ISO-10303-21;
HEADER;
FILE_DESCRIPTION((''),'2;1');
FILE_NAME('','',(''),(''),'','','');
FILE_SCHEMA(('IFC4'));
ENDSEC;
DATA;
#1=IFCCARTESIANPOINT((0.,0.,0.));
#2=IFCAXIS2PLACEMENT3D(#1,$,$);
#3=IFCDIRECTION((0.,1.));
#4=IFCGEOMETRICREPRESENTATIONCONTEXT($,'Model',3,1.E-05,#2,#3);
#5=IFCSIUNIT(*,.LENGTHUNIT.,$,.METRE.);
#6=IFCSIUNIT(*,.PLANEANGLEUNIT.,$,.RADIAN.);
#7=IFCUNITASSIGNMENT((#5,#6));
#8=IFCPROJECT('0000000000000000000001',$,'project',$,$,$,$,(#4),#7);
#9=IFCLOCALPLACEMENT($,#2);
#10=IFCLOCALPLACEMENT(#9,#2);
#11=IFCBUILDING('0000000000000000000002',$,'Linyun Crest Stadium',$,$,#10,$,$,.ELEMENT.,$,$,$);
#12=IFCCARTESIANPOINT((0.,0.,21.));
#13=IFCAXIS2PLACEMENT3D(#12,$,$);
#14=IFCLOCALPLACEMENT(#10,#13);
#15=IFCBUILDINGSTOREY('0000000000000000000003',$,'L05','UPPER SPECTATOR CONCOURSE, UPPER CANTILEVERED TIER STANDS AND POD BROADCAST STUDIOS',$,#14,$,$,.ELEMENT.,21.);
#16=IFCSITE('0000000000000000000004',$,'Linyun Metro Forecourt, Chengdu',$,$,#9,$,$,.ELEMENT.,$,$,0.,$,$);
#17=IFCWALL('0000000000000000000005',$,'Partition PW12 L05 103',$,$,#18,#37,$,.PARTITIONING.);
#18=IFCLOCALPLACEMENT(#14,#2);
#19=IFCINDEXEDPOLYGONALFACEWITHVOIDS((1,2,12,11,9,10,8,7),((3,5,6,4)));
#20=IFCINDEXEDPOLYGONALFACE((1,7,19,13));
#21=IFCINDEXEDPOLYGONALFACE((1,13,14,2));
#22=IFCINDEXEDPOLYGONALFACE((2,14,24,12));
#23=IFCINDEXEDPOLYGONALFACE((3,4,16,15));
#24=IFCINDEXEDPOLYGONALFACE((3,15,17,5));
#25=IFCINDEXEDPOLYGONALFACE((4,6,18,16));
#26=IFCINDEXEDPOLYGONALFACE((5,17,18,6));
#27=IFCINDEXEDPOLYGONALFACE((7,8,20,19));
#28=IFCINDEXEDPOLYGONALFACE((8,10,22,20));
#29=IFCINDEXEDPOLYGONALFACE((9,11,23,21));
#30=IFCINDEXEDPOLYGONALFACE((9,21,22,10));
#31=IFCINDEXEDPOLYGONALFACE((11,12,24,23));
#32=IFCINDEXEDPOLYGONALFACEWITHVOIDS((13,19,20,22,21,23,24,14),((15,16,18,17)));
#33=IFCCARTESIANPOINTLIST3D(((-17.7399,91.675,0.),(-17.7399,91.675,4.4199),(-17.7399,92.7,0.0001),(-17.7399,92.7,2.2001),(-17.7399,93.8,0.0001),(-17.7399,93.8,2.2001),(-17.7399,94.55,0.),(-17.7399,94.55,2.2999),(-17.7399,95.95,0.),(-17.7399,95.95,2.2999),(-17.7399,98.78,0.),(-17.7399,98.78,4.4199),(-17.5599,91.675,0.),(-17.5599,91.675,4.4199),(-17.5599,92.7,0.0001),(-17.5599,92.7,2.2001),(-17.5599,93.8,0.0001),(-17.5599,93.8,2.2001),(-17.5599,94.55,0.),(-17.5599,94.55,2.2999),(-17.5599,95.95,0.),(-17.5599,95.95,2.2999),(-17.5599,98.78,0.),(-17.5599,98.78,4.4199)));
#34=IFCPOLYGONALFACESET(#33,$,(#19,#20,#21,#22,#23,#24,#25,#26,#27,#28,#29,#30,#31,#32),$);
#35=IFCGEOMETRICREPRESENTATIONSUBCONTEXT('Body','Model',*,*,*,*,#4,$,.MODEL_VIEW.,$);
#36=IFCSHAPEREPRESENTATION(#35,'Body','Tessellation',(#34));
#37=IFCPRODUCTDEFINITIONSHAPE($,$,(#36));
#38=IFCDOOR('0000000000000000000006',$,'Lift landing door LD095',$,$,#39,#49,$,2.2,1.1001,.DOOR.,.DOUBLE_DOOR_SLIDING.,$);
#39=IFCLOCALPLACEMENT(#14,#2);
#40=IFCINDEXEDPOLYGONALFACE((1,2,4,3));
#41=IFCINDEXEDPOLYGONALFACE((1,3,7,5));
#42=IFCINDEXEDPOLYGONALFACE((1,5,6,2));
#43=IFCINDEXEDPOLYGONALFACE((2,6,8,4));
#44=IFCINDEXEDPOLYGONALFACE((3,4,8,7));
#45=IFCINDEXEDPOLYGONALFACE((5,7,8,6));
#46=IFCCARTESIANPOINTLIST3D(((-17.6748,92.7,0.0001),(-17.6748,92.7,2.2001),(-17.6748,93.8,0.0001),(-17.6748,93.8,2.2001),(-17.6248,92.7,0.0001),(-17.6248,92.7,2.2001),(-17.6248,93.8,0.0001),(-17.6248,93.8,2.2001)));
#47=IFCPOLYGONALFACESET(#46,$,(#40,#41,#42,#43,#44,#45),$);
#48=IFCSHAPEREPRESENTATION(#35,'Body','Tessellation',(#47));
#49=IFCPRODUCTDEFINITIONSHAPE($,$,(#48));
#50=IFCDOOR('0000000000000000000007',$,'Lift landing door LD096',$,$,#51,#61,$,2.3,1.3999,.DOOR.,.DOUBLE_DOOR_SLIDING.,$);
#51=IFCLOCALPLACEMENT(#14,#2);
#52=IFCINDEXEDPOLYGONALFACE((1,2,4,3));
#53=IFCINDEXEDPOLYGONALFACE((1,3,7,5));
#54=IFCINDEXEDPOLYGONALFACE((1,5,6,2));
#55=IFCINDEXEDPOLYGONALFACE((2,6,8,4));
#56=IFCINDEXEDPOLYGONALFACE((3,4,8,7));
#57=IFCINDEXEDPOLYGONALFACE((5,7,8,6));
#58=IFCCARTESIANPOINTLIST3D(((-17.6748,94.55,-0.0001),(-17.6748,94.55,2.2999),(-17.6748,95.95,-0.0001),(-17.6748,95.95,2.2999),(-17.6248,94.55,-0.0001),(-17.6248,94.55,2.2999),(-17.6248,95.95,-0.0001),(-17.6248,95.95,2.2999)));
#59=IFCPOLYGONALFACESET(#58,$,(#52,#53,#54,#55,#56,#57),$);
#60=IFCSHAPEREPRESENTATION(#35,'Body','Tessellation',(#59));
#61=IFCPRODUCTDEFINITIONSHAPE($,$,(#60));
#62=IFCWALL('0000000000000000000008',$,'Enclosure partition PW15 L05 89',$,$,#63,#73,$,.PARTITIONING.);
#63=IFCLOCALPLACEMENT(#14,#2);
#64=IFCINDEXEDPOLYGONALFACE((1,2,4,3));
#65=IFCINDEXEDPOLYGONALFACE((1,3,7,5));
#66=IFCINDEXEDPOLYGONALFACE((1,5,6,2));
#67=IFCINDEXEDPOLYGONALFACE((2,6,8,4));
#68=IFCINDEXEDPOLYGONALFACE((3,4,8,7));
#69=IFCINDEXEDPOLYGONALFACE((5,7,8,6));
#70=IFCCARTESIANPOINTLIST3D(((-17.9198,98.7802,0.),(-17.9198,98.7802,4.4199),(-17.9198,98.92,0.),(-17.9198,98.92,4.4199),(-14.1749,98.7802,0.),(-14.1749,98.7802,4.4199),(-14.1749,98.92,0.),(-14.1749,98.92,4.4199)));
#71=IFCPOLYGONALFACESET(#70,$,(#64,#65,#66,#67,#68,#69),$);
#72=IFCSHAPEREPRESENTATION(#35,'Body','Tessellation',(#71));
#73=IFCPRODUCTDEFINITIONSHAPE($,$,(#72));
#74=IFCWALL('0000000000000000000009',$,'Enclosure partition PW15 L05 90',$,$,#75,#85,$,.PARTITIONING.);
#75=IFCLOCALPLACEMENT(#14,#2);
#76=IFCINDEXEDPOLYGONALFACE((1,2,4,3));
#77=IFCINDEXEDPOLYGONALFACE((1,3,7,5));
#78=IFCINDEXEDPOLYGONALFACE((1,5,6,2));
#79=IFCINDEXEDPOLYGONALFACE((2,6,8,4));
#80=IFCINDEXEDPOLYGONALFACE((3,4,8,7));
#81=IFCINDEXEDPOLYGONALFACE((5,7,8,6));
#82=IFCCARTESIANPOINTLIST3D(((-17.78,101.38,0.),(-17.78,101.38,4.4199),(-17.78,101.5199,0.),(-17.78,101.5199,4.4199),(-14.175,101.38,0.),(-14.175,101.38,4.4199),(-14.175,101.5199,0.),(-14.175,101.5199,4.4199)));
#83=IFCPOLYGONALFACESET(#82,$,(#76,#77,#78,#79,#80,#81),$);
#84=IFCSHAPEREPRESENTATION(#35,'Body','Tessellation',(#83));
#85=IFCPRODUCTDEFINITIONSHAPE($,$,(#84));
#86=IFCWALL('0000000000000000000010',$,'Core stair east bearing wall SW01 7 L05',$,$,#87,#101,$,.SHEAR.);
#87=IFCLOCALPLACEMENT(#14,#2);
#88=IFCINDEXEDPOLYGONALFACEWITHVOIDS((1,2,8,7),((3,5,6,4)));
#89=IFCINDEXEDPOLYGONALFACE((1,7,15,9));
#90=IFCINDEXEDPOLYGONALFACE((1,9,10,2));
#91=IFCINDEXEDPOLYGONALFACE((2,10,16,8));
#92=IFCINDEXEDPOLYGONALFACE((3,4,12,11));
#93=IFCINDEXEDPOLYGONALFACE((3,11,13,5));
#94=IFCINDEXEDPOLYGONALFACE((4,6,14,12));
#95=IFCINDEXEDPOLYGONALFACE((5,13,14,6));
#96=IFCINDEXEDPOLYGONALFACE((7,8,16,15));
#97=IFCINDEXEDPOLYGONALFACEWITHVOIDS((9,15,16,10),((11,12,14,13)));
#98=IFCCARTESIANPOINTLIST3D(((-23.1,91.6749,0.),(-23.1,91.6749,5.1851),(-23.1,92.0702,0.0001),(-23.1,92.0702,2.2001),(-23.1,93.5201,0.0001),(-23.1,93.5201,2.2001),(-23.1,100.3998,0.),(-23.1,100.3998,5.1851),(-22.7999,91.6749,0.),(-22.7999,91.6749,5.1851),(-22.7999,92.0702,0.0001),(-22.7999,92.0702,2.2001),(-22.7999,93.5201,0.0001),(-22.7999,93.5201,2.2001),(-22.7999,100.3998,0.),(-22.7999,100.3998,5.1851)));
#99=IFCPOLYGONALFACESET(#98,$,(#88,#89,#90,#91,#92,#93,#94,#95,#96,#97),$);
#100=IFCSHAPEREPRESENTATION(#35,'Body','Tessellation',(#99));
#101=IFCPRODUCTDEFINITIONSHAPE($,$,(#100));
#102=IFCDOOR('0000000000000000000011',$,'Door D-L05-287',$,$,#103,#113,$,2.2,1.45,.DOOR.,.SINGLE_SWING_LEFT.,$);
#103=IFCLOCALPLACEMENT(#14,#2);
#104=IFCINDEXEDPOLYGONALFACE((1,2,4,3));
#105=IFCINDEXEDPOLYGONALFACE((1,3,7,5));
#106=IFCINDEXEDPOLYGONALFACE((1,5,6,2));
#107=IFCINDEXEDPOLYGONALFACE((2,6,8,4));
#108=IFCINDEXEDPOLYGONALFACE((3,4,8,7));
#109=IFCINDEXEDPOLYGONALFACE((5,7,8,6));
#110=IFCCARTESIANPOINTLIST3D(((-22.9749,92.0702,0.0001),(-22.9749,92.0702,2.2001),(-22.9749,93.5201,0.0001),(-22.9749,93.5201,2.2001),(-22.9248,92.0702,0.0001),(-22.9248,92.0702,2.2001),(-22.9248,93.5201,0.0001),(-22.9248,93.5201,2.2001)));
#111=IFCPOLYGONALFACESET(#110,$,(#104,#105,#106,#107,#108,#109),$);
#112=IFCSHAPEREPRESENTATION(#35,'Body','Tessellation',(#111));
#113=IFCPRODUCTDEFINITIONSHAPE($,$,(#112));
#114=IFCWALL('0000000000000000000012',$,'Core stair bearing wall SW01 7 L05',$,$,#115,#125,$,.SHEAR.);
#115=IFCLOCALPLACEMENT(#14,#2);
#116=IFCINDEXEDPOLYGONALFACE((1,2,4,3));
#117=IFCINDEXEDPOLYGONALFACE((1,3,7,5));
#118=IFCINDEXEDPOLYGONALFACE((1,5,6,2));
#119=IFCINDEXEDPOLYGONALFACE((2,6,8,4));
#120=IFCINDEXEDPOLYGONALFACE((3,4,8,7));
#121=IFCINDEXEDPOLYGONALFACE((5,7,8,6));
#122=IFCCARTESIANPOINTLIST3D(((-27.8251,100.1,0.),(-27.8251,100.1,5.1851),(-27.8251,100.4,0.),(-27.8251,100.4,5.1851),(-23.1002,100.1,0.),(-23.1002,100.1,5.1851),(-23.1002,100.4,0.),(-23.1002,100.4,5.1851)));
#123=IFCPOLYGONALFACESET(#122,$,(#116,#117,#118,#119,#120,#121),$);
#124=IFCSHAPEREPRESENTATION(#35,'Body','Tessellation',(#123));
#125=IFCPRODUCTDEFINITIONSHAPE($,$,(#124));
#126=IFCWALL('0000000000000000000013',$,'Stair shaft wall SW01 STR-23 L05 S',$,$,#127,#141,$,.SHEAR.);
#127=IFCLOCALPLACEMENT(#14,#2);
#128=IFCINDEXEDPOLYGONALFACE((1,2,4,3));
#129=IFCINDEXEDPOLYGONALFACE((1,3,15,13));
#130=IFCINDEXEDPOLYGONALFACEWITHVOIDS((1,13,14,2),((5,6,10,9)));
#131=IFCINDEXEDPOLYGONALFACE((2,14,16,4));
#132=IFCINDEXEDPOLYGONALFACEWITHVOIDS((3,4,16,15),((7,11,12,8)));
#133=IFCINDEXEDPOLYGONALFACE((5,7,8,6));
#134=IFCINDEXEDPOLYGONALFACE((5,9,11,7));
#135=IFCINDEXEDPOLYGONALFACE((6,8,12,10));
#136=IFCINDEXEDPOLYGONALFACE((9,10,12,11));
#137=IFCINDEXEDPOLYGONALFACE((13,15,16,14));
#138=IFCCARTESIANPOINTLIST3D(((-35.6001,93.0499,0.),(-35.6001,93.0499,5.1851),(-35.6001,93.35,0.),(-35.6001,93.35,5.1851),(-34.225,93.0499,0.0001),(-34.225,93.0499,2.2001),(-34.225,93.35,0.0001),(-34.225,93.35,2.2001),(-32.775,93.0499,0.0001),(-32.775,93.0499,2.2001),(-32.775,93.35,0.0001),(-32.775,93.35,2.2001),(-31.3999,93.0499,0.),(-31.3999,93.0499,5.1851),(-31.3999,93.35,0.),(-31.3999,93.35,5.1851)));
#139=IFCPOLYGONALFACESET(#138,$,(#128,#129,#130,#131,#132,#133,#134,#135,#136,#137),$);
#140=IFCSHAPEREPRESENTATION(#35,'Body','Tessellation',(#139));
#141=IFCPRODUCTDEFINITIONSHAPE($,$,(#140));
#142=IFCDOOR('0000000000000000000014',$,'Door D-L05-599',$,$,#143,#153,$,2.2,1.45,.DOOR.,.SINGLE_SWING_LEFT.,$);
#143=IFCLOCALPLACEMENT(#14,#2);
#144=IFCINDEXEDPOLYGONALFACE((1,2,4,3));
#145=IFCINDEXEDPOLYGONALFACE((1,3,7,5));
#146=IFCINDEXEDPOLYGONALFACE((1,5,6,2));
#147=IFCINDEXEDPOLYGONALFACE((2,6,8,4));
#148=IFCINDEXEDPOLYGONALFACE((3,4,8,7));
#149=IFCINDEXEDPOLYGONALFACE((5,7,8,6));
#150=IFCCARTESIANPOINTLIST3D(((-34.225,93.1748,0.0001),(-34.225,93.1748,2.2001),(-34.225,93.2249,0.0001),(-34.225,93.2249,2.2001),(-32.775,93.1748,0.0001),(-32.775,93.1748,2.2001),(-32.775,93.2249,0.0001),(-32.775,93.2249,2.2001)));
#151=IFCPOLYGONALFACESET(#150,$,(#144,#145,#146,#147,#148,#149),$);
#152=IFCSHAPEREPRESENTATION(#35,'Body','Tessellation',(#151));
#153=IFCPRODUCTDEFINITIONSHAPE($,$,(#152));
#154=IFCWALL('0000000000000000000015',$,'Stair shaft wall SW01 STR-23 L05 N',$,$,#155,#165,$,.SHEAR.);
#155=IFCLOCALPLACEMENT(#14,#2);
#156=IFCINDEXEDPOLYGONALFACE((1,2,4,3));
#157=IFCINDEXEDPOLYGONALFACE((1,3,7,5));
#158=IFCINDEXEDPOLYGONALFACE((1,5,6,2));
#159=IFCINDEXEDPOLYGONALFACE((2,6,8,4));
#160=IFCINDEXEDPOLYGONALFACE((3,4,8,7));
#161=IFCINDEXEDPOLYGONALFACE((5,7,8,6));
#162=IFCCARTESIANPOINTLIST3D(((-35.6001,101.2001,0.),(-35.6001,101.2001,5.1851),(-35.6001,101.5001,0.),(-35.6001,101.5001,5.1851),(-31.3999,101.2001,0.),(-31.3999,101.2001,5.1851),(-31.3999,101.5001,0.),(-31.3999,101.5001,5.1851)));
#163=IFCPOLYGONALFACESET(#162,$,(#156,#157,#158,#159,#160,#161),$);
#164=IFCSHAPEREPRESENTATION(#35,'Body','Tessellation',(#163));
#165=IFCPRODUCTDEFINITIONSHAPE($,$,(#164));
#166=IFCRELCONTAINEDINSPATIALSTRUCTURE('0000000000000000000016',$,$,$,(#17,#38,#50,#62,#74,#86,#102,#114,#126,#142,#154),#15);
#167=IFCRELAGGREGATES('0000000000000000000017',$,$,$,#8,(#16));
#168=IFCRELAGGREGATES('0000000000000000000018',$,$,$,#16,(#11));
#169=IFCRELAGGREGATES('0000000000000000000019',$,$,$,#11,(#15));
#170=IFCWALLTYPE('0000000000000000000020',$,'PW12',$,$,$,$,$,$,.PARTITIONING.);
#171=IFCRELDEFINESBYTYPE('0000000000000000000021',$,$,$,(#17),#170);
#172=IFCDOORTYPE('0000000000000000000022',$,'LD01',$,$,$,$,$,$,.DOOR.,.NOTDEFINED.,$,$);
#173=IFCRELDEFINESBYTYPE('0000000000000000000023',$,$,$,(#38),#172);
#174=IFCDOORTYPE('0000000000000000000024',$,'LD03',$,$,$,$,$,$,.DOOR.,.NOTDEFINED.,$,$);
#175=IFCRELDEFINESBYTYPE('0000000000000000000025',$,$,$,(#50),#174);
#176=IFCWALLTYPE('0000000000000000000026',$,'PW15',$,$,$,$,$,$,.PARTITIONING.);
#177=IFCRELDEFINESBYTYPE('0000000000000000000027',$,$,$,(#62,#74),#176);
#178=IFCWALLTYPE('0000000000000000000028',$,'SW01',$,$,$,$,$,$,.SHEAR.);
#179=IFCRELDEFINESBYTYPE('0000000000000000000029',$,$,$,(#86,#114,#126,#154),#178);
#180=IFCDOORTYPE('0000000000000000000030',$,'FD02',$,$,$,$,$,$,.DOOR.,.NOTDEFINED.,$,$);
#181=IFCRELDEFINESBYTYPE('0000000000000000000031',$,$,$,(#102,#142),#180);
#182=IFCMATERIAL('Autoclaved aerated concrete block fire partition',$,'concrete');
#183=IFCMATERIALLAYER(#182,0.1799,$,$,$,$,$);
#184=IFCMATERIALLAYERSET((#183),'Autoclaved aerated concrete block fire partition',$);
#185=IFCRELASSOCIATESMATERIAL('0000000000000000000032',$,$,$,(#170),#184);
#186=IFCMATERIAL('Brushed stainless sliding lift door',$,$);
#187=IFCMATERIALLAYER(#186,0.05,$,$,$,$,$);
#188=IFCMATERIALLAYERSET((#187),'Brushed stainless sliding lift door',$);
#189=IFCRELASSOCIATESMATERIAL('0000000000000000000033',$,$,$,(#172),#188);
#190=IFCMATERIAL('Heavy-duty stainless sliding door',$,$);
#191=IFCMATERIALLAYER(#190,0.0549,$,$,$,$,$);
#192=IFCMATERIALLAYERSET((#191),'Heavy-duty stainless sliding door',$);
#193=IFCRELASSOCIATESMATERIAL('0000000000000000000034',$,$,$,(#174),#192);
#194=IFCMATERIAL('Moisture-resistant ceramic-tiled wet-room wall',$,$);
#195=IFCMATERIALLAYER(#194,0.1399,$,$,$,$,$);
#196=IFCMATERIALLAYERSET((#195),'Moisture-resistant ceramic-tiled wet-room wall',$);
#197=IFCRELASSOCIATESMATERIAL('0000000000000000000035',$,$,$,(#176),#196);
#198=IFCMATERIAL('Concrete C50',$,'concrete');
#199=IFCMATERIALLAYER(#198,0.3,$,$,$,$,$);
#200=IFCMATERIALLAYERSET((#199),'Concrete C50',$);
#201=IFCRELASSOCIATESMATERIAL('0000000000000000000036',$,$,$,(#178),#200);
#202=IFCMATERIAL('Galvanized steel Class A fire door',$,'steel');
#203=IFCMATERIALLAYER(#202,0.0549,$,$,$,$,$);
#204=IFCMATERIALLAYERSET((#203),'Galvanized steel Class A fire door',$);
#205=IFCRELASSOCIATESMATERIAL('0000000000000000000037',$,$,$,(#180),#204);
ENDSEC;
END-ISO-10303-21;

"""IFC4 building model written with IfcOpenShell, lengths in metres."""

from ifc_helpers import new_model, si_unit, direction, frame, frame_2d, origin, place, context, subcontext, project, spatial, rectangle, extrude, material, layer, layer_set, type_object, element, fill, save


model = new_model("IFC4")

# Units and contexts
model_context = context("Model", 3, precision=1e-05, world=origin(), true_north=direction((0.0, 1.0)))
body_context = subcontext(model_context, "Body", "Model", "MODEL_VIEW")
ifc_project = project(units=[si_unit("LENGTHUNIT", "METRE"), si_unit("PLANEANGLEUNIT", "RADIAN")], contexts=[model_context])

# Site, building, storey
site_placement = place(None, origin())
site = spatial("IfcSite", under=ifc_project, at=site_placement, Name="Linyun Metro Forecourt, Chengdu", CompositionType="ELEMENT", RefElevation=0.0)
building_placement = place(site_placement, origin())
building = spatial("IfcBuilding", under=site, at=building_placement, Name="Linyun Crest Stadium", CompositionType="ELEMENT")
storey_placement = place(building_placement, frame((0.0, 0.0, 21.0)))
storey = spatial("IfcBuildingStorey", under=building, at=storey_placement, Name="L05", Description="UPPER SPECTATOR CONCOURSE, UPPER CANTILEVERED TIER STANDS AND POD BROADCAST STUDIOS", CompositionType="ELEMENT", Elevation=21.0)

# Wall, openings, doors
ifc_material_1 = material(Name="Autoclaved aerated concrete block fire partition", Category="concrete")
ifc_layer_1 = layer(ifc_material_1, 0.1799)
ifc_layer_set_1 = layer_set([ifc_layer_1], Name="Autoclaved aerated concrete block fire partition")
wall_type_1 = type_object("IfcWallType", Name="PW12", PredefinedType="PARTITIONING", material=ifc_layer_set_1)
wall_1_placement = place(storey_placement, frame((-17.6499, 91.675, 0.0), z_axis=(0.0, 0.0, 1.0), x_axis=(0.0, 1.0, 0.0)))
wall_1 = element("IfcWall", 1, at=wall_1_placement, inside=storey, type_object=wall_type_1, Name="Partition PW12 L05 103", PredefinedType="PARTITIONING", context=body_context, shape_type="SweptSolid", body=[
    extrude(rectangle(XDim=7.105, YDim=0.1799, at=frame_2d((3.5525, 0.0))), origin(), (0.0, 0.0, 1.0), 4.4199),
])
opening_1_placement = place(wall_1_placement, frame((1.0249, 0.0, 0.0)))
opening_1 = element("IfcOpeningElement", 2, at=opening_1_placement, cuts=wall_1, PredefinedType="OPENING", context=body_context, shape_type="SweptSolid", body=[
    extrude(rectangle(XDim=1.1001, YDim=2.2, at=frame_2d((0.55, 1.1001))), frame((0.0, 0.0999, 0.0), z_axis=(0.0, -1.0, 0.0), x_axis=(1.0, 0.0, 0.0)), (0.0, 0.0, 1.0), 0.2),
])
opening_2_placement = place(wall_1_placement, frame((2.875, 0.0, 0.0)))
opening_2 = element("IfcOpeningElement", 3, at=opening_2_placement, cuts=wall_1, PredefinedType="OPENING", context=body_context, shape_type="SweptSolid", body=[
    extrude(rectangle(XDim=1.3999, YDim=2.3, at=frame_2d((0.7, 1.1499))), frame((0.0, 0.0999, 0.0), z_axis=(0.0, -1.0, 0.0), x_axis=(1.0, 0.0, 0.0)), (0.0, 0.0, 1.0), 0.2),
])
ifc_material_2 = material(Name="Brushed stainless sliding lift door")
ifc_layer_2 = layer(ifc_material_2, 0.05)
ifc_layer_set_2 = layer_set([ifc_layer_2], Name="Brushed stainless sliding lift door")
door_type_1 = type_object("IfcDoorType", Name="LD01", OperationType="NOTDEFINED", PredefinedType="DOOR", material=ifc_layer_set_2)
door_1_placement = place(opening_1_placement, origin())
door_1 = element("IfcDoor", 4, at=door_1_placement, inside=storey, type_object=door_type_1, Name="Lift landing door LD095", OperationType="DOUBLE_DOOR_SLIDING", OverallHeight=2.2, OverallWidth=1.1001, PredefinedType="DOOR", context=body_context, shape_type="SweptSolid", body=[
    extrude(rectangle(XDim=1.1001, YDim=2.2, at=frame_2d((0.55, 1.1001))), frame((0.0, 0.0249, 0.0), z_axis=(0.0, -1.0, 0.0), x_axis=(1.0, 0.0, 0.0)), (0.0, 0.0, 1.0), 0.05),
])
fill(opening_1, door_1)
ifc_material_3 = material(Name="Heavy-duty stainless sliding door")
ifc_layer_3 = layer(ifc_material_3, 0.0549)
ifc_layer_set_3 = layer_set([ifc_layer_3], Name="Heavy-duty stainless sliding door")
door_type_2 = type_object("IfcDoorType", Name="LD03", OperationType="NOTDEFINED", PredefinedType="DOOR", material=ifc_layer_set_3)
door_2_placement = place(opening_2_placement, origin())
door_2 = element("IfcDoor", 5, at=door_2_placement, inside=storey, type_object=door_type_2, Name="Lift landing door LD096", OperationType="DOUBLE_DOOR_SLIDING", OverallHeight=2.3, OverallWidth=1.3999, PredefinedType="DOOR", context=body_context, shape_type="SweptSolid", body=[
    extrude(rectangle(XDim=1.3999, YDim=2.3, at=frame_2d((0.7, 1.1499))), frame((0.0, 0.0249, 0.0), z_axis=(0.0, -1.0, 0.0), x_axis=(1.0, 0.0, 0.0)), (0.0, 0.0, 1.0), 0.05),
])
fill(opening_2, door_2)
ifc_material_4 = material(Name="Moisture-resistant ceramic-tiled wet-room wall")
ifc_layer_4 = layer(ifc_material_4, 0.1399)
ifc_layer_set_4 = layer_set([ifc_layer_4], Name="Moisture-resistant ceramic-tiled wet-room wall")
wall_type_2 = type_object("IfcWallType", Name="PW15", PredefinedType="PARTITIONING", material=ifc_layer_set_4)

# Walls
wall_2_placement = place(storey_placement, frame((-17.9199, 98.8501, 0.0), z_axis=(0.0, 0.0, 1.0), x_axis=(1.0, 0.0, 0.0)))
element("IfcWall", 6, at=wall_2_placement, inside=storey, type_object=wall_type_2, Name="Enclosure partition PW15 L05 89", PredefinedType="PARTITIONING", context=body_context, shape_type="SweptSolid", body=[
    extrude(rectangle(XDim=3.7449, YDim=0.1399, at=frame_2d((1.8726, 0.0))), origin(), (0.0, 0.0, 1.0), 4.4199),
])
wall_3_placement = place(storey_placement, frame((-17.78, 101.45, 0.0), z_axis=(0.0, 0.0, 1.0), x_axis=(1.0, 0.0, 0.0)))
element("IfcWall", 7, at=wall_3_placement, inside=storey, type_object=wall_type_2, Name="Enclosure partition PW15 L05 90", PredefinedType="PARTITIONING", context=body_context, shape_type="SweptSolid", body=[
    extrude(rectangle(XDim=3.605, YDim=0.1399, at=frame_2d((1.8025, 0.0))), origin(), (0.0, 0.0, 1.0), 4.4199),
])

# Wall, opening, door
ifc_material_5 = material(Name="Concrete C50", Category="concrete")
ifc_layer_5 = layer(ifc_material_5, 0.3)
ifc_layer_set_5 = layer_set([ifc_layer_5], Name="Concrete C50")
wall_type_3 = type_object("IfcWallType", Name="SW01", PredefinedType="SHEAR", material=ifc_layer_set_5)
wall_4_placement = place(storey_placement, frame((-22.95, 91.675, 0.0), z_axis=(0.0, 0.0, 1.0), x_axis=(0.0, 1.0, 0.0)))
wall_4 = element("IfcWall", 8, at=wall_4_placement, inside=storey, type_object=wall_type_3, Name="Core stair east bearing wall SW01 7 L05", PredefinedType="SHEAR", context=body_context, shape_type="SweptSolid", body=[
    extrude(rectangle(XDim=8.7249, YDim=0.3, at=frame_2d((4.3623, 0.0))), origin(), (0.0, 0.0, 1.0), 5.1851),
])
opening_3_placement = place(wall_4_placement, frame((0.395, 0.0, 0.0)))
opening_3 = element("IfcOpeningElement", 9, at=opening_3_placement, cuts=wall_4, PredefinedType="OPENING", context=body_context, shape_type="SweptSolid", body=[
    extrude(rectangle(XDim=1.45, YDim=2.2, at=frame_2d((0.7251, 1.1001))), frame((0.0, 0.1599, 0.0), z_axis=(0.0, -1.0, 0.0), x_axis=(1.0, 0.0, 0.0)), (0.0, 0.0, 1.0), 0.3201),
])
ifc_material_6 = material(Name="Galvanized steel Class A fire door", Category="steel")
ifc_layer_6 = layer(ifc_material_6, 0.0549)
ifc_layer_set_6 = layer_set([ifc_layer_6], Name="Galvanized steel Class A fire door")
door_type_3 = type_object("IfcDoorType", Name="FD02", OperationType="NOTDEFINED", PredefinedType="DOOR", material=ifc_layer_set_6)
door_3_placement = place(opening_3_placement, origin())
door_3 = element("IfcDoor", 10, at=door_3_placement, inside=storey, type_object=door_type_3, Name="Door D-L05-287", OperationType="SINGLE_SWING_LEFT", OverallHeight=2.2, OverallWidth=1.45, PredefinedType="DOOR", context=body_context, shape_type="SweptSolid", body=[
    extrude(rectangle(XDim=1.45, YDim=2.2, at=frame_2d((0.7251, 1.1001))), frame((0.0, 0.0249, 0.0), z_axis=(0.0, -1.0, 0.0), x_axis=(1.0, 0.0, 0.0)), (0.0, 0.0, 1.0), 0.05),
])
fill(opening_3, door_3)

# Wall
wall_5_placement = place(storey_placement, frame((-27.825, 100.25, 0.0), z_axis=(0.0, 0.0, 1.0), x_axis=(1.0, 0.0, 0.0)))
element("IfcWall", 11, at=wall_5_placement, inside=storey, type_object=wall_type_3, Name="Core stair bearing wall SW01 7 L05", PredefinedType="SHEAR", context=body_context, shape_type="SweptSolid", body=[
    extrude(rectangle(XDim=4.7249, YDim=0.3, at=frame_2d((2.3623, 0.0))), origin(), (0.0, 0.0, 1.0), 5.1851),
])

# Wall, opening, door
wall_6_placement = place(storey_placement, frame((-35.6001, 93.2, 0.0), z_axis=(0.0, 0.0, 1.0), x_axis=(1.0, 0.0, 0.0)))
wall_6 = element("IfcWall", 12, at=wall_6_placement, inside=storey, type_object=wall_type_3, Name="Stair shaft wall SW01 STR-23 L05 S", PredefinedType="SHEAR", context=body_context, shape_type="SweptSolid", body=[
    extrude(rectangle(XDim=4.2002, YDim=0.3, at=frame_2d((2.1001, 0.0))), origin(), (0.0, 0.0, 1.0), 5.1851),
])
opening_4_placement = place(wall_6_placement, frame((1.375, 0.0, 0.0)))
opening_4 = element("IfcOpeningElement", 13, at=opening_4_placement, cuts=wall_6, PredefinedType="OPENING", context=body_context, shape_type="SweptSolid", body=[
    extrude(rectangle(XDim=1.45, YDim=2.2, at=frame_2d((0.7251, 1.1001))), frame((0.0, 0.1599, 0.0), z_axis=(0.0, -1.0, 0.0), x_axis=(1.0, 0.0, 0.0)), (0.0, 0.0, 1.0), 0.3201),
])
door_4_placement = place(opening_4_placement, origin())
door_4 = element("IfcDoor", 14, at=door_4_placement, inside=storey, type_object=door_type_3, Name="Door D-L05-599", OperationType="SINGLE_SWING_LEFT", OverallHeight=2.2, OverallWidth=1.45, PredefinedType="DOOR", context=body_context, shape_type="SweptSolid", body=[
    extrude(rectangle(XDim=1.45, YDim=2.2, at=frame_2d((0.7251, 1.1001))), frame((0.0, 0.0249, 0.0), z_axis=(0.0, -1.0, 0.0), x_axis=(1.0, 0.0, 0.0)), (0.0, 0.0, 1.0), 0.05),
])
fill(opening_4, door_4)

# Wall
wall_7_placement = place(storey_placement, frame((-35.6001, 101.3501, 0.0), z_axis=(0.0, 0.0, 1.0), x_axis=(1.0, 0.0, 0.0)))
element("IfcWall", 15, at=wall_7_placement, inside=storey, type_object=wall_type_3, Name="Stair shaft wall SW01 STR-23 L05 N", PredefinedType="SHEAR", context=body_context, shape_type="SweptSolid", body=[
    extrude(rectangle(XDim=4.2002, YDim=0.3, at=frame_2d((2.1001, 0.0))), origin(), (0.0, 0.0, 1.0), 5.1851),
])

save(model, "model.ifc")
